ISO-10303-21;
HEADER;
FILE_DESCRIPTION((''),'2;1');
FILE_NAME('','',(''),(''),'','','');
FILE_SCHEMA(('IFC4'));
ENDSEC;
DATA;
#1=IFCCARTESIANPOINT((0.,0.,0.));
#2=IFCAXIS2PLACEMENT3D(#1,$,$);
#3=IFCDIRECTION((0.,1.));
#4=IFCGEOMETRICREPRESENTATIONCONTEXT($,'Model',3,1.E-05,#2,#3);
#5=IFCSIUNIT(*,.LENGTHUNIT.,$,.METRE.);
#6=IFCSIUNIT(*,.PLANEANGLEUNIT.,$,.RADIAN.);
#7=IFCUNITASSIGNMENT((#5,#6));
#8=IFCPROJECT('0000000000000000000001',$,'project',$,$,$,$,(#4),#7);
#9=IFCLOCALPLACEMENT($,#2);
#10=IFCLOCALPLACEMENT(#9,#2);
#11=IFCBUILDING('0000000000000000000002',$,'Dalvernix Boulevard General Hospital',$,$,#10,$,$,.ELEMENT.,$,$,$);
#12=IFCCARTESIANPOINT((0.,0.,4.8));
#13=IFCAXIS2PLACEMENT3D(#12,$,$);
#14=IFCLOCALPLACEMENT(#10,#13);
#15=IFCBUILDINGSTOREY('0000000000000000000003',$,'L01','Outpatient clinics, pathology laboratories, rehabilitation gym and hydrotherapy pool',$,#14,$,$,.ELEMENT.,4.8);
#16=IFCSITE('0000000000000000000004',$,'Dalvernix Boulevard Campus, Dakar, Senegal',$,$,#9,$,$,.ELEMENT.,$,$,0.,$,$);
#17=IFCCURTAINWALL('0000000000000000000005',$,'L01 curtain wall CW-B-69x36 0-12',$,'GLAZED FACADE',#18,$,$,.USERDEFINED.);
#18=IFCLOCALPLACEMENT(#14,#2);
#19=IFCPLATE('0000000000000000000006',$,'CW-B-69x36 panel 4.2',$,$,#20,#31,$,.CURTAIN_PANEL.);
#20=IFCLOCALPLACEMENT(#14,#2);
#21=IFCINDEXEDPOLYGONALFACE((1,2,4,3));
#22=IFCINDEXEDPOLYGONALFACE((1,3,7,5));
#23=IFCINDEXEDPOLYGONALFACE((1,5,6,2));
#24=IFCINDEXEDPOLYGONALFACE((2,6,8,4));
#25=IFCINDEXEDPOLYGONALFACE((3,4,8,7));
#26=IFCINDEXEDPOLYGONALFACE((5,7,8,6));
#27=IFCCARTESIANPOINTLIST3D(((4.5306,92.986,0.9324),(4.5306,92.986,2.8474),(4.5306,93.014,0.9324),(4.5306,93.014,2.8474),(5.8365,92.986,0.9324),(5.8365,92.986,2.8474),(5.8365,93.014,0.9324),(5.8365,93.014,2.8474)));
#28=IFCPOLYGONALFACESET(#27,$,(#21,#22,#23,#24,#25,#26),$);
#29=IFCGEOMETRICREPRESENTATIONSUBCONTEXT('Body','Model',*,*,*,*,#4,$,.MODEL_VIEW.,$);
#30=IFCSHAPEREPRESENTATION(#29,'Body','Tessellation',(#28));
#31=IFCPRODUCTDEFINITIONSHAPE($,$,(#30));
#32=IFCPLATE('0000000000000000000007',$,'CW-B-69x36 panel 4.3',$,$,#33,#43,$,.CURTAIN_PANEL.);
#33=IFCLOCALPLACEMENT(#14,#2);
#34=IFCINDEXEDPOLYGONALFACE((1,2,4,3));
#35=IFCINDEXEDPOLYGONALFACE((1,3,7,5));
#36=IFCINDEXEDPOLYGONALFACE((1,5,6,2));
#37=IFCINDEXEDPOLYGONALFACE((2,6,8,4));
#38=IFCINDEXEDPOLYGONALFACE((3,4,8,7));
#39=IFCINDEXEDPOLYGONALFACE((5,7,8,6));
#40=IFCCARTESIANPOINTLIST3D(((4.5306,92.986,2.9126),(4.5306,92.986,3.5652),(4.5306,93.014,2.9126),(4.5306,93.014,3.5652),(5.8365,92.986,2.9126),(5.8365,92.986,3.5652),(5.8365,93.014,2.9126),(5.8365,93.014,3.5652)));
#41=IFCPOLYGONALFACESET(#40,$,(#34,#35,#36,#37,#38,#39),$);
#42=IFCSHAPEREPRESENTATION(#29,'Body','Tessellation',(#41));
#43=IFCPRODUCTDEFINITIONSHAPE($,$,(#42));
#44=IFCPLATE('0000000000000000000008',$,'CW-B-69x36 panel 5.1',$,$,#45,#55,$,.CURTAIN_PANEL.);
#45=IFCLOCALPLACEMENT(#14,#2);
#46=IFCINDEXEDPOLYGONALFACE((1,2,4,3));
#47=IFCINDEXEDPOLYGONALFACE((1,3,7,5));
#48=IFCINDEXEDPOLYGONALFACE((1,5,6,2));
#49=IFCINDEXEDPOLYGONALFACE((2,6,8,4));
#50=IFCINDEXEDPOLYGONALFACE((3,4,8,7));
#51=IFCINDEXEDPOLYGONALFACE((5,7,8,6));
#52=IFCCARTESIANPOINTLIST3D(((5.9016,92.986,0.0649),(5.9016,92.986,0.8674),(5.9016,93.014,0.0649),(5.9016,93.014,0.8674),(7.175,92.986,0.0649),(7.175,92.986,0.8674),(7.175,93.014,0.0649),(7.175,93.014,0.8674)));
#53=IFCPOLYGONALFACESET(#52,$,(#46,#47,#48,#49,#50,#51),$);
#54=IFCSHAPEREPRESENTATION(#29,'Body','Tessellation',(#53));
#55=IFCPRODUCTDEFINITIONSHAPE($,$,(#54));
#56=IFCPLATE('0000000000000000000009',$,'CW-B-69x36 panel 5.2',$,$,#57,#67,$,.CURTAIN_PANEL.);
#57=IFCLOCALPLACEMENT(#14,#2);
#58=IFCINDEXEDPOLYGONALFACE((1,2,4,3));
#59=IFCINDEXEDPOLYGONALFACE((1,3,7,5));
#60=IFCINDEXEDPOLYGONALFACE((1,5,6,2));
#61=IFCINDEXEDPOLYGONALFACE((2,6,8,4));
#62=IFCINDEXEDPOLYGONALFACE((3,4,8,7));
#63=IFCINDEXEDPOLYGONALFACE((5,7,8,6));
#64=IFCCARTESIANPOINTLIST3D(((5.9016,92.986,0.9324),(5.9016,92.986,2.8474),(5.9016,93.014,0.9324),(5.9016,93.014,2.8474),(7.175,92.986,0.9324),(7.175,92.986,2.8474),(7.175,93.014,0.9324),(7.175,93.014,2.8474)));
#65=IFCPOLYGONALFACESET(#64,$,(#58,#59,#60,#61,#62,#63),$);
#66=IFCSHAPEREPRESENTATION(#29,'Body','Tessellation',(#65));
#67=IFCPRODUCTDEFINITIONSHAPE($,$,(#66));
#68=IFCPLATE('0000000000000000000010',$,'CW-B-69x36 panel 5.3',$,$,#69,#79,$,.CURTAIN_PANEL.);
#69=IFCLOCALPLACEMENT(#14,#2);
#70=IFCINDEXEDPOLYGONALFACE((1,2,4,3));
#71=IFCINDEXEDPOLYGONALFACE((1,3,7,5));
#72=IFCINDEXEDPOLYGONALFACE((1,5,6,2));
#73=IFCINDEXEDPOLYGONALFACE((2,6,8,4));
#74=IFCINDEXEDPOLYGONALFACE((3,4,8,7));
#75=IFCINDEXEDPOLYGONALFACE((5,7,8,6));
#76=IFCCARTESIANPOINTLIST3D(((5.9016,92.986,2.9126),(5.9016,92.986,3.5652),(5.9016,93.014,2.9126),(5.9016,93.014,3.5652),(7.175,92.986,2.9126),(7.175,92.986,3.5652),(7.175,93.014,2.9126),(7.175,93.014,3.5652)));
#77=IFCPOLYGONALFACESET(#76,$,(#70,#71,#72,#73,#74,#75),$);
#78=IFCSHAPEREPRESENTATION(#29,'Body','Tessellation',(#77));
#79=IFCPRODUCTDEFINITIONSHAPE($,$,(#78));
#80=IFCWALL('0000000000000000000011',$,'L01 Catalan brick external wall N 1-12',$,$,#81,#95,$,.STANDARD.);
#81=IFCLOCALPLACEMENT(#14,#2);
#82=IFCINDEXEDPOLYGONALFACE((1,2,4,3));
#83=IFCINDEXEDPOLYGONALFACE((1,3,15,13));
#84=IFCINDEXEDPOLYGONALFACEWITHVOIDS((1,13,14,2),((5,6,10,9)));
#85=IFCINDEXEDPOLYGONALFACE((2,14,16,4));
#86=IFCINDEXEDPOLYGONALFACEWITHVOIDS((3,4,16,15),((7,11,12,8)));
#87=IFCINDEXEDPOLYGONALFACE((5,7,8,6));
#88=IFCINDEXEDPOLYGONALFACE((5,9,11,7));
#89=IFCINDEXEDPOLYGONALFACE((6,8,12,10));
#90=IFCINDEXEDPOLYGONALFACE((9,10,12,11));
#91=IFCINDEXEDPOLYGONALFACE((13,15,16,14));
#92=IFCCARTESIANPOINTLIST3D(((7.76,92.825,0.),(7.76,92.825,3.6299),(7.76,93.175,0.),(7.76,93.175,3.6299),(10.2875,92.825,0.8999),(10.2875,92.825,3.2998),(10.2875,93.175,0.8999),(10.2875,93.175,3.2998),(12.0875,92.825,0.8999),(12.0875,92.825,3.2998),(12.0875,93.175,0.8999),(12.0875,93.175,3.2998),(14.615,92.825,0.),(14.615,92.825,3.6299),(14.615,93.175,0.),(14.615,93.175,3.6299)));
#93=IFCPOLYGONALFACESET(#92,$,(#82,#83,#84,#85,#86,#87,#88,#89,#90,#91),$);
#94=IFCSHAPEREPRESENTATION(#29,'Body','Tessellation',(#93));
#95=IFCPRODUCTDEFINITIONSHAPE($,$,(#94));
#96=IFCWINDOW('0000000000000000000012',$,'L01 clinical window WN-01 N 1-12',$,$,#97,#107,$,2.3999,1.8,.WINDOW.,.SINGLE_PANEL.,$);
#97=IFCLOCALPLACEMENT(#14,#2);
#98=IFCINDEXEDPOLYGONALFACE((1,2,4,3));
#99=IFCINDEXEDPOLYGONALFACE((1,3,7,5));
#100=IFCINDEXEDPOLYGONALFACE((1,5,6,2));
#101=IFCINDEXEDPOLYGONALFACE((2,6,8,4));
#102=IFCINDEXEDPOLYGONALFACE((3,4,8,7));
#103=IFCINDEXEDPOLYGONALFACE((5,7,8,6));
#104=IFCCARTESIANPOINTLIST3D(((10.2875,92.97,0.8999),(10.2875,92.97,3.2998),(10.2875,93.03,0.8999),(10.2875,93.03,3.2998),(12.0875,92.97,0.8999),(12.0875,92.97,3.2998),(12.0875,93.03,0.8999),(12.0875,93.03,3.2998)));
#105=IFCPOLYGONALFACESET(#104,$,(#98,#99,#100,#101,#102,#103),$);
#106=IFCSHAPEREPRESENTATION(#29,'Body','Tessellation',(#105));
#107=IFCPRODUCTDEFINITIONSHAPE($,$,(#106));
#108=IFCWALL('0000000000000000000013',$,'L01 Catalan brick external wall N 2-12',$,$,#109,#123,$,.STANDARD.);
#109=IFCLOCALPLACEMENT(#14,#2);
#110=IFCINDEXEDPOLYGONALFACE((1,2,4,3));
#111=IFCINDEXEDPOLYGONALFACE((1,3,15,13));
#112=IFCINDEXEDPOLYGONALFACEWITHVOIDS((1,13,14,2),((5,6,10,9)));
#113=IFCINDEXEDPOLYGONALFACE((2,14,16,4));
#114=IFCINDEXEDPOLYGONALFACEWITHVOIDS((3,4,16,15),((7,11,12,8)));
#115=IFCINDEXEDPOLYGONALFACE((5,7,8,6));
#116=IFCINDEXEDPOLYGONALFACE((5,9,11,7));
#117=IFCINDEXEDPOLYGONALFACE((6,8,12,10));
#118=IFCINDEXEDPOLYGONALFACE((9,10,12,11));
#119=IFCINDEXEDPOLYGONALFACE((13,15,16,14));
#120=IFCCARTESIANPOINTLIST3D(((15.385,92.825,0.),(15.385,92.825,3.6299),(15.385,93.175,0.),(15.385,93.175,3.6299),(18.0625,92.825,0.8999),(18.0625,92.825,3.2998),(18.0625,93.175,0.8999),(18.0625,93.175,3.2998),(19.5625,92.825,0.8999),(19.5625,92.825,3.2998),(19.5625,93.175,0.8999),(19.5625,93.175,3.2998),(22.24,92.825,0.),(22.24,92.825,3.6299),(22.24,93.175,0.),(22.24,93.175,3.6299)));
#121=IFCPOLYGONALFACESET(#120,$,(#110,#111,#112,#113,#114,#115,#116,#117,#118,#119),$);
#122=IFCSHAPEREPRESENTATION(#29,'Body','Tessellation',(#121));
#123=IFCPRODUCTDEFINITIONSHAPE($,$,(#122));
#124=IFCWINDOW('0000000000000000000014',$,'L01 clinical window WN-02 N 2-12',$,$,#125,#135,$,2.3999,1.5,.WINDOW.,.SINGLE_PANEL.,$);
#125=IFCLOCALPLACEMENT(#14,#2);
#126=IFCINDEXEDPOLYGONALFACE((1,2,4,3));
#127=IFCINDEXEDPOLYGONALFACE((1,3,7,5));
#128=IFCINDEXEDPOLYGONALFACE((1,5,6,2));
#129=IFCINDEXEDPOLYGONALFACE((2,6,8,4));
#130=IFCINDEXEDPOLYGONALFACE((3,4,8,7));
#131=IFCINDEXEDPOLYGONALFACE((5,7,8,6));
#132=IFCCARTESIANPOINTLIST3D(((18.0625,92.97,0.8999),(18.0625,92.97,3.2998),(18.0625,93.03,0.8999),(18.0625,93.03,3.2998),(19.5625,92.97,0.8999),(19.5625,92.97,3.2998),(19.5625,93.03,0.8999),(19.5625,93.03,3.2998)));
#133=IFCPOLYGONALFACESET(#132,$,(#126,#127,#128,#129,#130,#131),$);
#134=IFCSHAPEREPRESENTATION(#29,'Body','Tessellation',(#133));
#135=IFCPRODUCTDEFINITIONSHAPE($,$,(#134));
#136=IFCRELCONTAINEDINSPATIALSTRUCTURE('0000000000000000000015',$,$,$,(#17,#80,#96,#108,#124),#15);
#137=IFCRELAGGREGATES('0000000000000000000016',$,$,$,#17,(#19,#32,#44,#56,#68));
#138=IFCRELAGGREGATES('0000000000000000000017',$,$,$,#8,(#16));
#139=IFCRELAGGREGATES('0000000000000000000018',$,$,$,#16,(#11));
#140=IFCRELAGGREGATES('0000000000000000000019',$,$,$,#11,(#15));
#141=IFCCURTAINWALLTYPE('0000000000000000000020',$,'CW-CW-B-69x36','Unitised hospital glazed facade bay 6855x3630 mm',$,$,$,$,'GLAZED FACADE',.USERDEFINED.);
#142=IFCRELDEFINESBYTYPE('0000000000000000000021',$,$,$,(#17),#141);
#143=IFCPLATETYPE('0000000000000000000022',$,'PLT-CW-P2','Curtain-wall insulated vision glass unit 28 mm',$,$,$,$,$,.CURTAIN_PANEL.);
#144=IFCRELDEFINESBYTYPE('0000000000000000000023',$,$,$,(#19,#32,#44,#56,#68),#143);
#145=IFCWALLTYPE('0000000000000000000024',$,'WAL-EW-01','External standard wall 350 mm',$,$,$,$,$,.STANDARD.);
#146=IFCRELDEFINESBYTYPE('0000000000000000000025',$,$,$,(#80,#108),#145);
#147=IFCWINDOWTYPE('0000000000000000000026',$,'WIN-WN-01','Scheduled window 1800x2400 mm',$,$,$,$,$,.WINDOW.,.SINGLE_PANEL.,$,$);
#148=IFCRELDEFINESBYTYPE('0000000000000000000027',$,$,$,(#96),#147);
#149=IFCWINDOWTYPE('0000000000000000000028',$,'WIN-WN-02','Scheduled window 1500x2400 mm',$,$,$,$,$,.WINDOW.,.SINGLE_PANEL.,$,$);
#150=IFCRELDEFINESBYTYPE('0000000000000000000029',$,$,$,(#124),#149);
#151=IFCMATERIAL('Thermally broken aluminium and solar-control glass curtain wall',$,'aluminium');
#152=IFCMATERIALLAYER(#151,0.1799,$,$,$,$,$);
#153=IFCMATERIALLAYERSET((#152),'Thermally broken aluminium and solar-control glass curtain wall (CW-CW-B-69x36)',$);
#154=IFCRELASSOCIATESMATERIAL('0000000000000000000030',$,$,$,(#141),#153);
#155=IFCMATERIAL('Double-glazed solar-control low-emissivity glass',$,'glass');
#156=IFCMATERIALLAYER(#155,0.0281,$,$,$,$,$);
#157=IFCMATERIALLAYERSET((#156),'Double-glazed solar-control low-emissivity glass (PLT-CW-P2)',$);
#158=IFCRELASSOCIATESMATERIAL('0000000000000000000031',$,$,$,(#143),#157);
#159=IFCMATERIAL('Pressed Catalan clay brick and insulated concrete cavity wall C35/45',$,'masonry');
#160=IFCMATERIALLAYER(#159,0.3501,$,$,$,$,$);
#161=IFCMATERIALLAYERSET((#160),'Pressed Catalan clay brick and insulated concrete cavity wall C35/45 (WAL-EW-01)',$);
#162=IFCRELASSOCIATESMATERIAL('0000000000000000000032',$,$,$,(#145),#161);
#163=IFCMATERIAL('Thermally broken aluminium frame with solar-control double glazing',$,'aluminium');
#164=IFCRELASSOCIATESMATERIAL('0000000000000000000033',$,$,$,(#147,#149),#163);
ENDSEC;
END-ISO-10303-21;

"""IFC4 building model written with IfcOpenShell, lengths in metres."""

from ifc_helpers import new_model, si_unit, direction, frame, frame_2d, origin, origin_2d, place, context, subcontext, project, spatial, rectangle, extrude, material, layer, layer_set, type_object, element, fill, aggregate, save


model = new_model("IFC4")

# Units and contexts
model_context = context("Model", 3, precision=1e-05, world=origin(), true_north=direction((0.0, 1.0)))
body_context = subcontext(model_context, "Body", "Model", "MODEL_VIEW")
ifc_project = project(units=[si_unit("LENGTHUNIT", "METRE"), si_unit("PLANEANGLEUNIT", "RADIAN")], contexts=[model_context])

# Site, building, storey
site_placement = place(None, origin())
site = spatial("IfcSite", under=ifc_project, at=site_placement, Name="Dalvernix Boulevard Campus, Dakar, Senegal", CompositionType="ELEMENT", RefElevation=0.0)
building_placement = place(site_placement, origin())
building = spatial("IfcBuilding", under=site, at=building_placement, Name="Dalvernix Boulevard General Hospital", CompositionType="ELEMENT")
storey_placement = place(building_placement, frame((0.0, 0.0, 4.8)))
storey = spatial("IfcBuildingStorey", under=building, at=storey_placement, Name="L01", Description="Outpatient clinics, pathology laboratories, rehabilitation gym and hydrotherapy pool", CompositionType="ELEMENT", Elevation=4.8)

# Curtain wall, plates
ifc_material_1 = material(Name="Thermally broken aluminium and solar-control glass curtain wall", Category="aluminium")
ifc_layer_1 = layer(ifc_material_1, 0.1799)
ifc_layer_set_1 = layer_set([ifc_layer_1], Name="Thermally broken aluminium and solar-control glass curtain wall (CW-CW-B-69x36)")
curtain_wall_type = type_object("IfcCurtainWallType", Name="CW-CW-B-69x36", Description="Unitised hospital glazed facade bay 6855x3630 mm", ElementType="GLAZED FACADE", PredefinedType="USERDEFINED", material=ifc_layer_set_1)
curtain_wall_placement = place(storey_placement, origin())
curtain_wall = element("IfcCurtainWall", 1, at=curtain_wall_placement, inside=storey, type_object=curtain_wall_type, Name="L01 curtain wall CW-B-69x36 0-12", ObjectType="GLAZED FACADE", PredefinedType="USERDEFINED")
ifc_material_2 = material(Name="Double-glazed solar-control low-emissivity glass", Category="glass")
ifc_layer_2 = layer(ifc_material_2, 0.0281)
ifc_layer_set_2 = layer_set([ifc_layer_2], Name="Double-glazed solar-control low-emissivity glass (PLT-CW-P2)")
plate_type = type_object("IfcPlateType", Name="PLT-CW-P2", Description="Curtain-wall insulated vision glass unit 28 mm", PredefinedType="CURTAIN_PANEL", material=ifc_layer_set_2)
plate_1_placement = place(storey_placement, frame((5.1836, 93.0, 0.9324), z_axis=(0.0, 0.0, 1.0), x_axis=(1.0, 0.0, 0.0)))
plate_1 = element("IfcPlate", 2, at=plate_1_placement, type_object=plate_type, Name="CW-B-69x36 panel 4.2", PredefinedType="CURTAIN_PANEL", context=body_context, shape_type="SweptSolid", body=[
    extrude(rectangle(XDim=1.3059, YDim=0.0281, at=origin_2d()), origin(), (0.0, 0.0, 1.0), 1.915),
])
plate_2_placement = place(storey_placement, frame((5.1836, 93.0, 2.9126), z_axis=(0.0, 0.0, 1.0), x_axis=(1.0, 0.0, 0.0)))
plate_2 = element("IfcPlate", 3, at=plate_2_placement, type_object=plate_type, Name="CW-B-69x36 panel 4.3", PredefinedType="CURTAIN_PANEL", context=body_context, shape_type="SweptSolid", body=[
    extrude(rectangle(XDim=1.3059, YDim=0.0281, at=origin_2d()), origin(), (0.0, 0.0, 1.0), 0.6526),
])
plate_3_placement = place(storey_placement, frame((6.5383, 93.0, 0.0649), z_axis=(0.0, 0.0, 1.0), x_axis=(1.0, 0.0, 0.0)))
plate_3 = element("IfcPlate", 4, at=plate_3_placement, type_object=plate_type, Name="CW-B-69x36 panel 5.1", PredefinedType="CURTAIN_PANEL", context=body_context, shape_type="SweptSolid", body=[
    extrude(rectangle(XDim=1.2734, YDim=0.0281, at=origin_2d()), origin(), (0.0, 0.0, 1.0), 0.8025),
])
plate_4_placement = place(storey_placement, frame((6.5383, 93.0, 0.9324), z_axis=(0.0, 0.0, 1.0), x_axis=(1.0, 0.0, 0.0)))
plate_4 = element("IfcPlate", 5, at=plate_4_placement, type_object=plate_type, Name="CW-B-69x36 panel 5.2", PredefinedType="CURTAIN_PANEL", context=body_context, shape_type="SweptSolid", body=[
    extrude(rectangle(XDim=1.2734, YDim=0.0281, at=origin_2d()), origin(), (0.0, 0.0, 1.0), 1.915),
])
plate_5_placement = place(storey_placement, frame((6.5383, 93.0, 2.9126), z_axis=(0.0, 0.0, 1.0), x_axis=(1.0, 0.0, 0.0)))
plate_5 = element("IfcPlate", 6, at=plate_5_placement, type_object=plate_type, Name="CW-B-69x36 panel 5.3", PredefinedType="CURTAIN_PANEL", context=body_context, shape_type="SweptSolid", body=[
    extrude(rectangle(XDim=1.2734, YDim=0.0281, at=origin_2d()), origin(), (0.0, 0.0, 1.0), 0.6526),
])
aggregate(curtain_wall, [plate_1, plate_2, plate_3, plate_4, plate_5])

# Walls, openings, windows
ifc_material_3 = material(Name="Pressed Catalan clay brick and insulated concrete cavity wall C35/45", Category="masonry")
ifc_layer_3 = layer(ifc_material_3, 0.3501)
ifc_layer_set_3 = layer_set([ifc_layer_3], Name="Pressed Catalan clay brick and insulated concrete cavity wall C35/45 (WAL-EW-01)")
wall_type = type_object("IfcWallType", Name="WAL-EW-01", Description="External standard wall 350 mm", PredefinedType="STANDARD", material=ifc_layer_set_3)
wall_1_placement = place(storey_placement, frame((7.76, 93.0, 0.0), z_axis=(0.0, 0.0, 1.0), x_axis=(1.0, 0.0, 0.0)))
wall_1 = element("IfcWall", 7, at=wall_1_placement, inside=storey, type_object=wall_type, Name="L01 Catalan brick external wall N 1-12", PredefinedType="STANDARD", context=body_context, shape_type="SweptSolid", body=[
    extrude(rectangle(XDim=6.855, YDim=0.3501, at=frame_2d((3.4275, 0.0))), origin(), (0.0, 0.0, 1.0), 3.6299),
])
opening_1_placement = place(wall_1_placement, frame((2.5276, 0.0, 0.8999)))
opening_1 = element("IfcOpeningElement", 8, at=opening_1_placement, cuts=wall_1, PredefinedType="OPENING", context=body_context, shape_type="SweptSolid", body=[
    extrude(rectangle(XDim=1.8, YDim=2.3999, at=frame_2d((0.8999, 1.2))), frame((0.0, 0.1851, 0.0), z_axis=(0.0, -1.0, 0.0), x_axis=(1.0, 0.0, 0.0)), (0.0, 0.0, 1.0), 0.3701),
])
ifc_material_4 = material(Name="Thermally broken aluminium frame with solar-control double glazing", Category="aluminium")
window_type_1 = type_object("IfcWindowType", Name="WIN-WN-01", Description="Scheduled window 1800x2400 mm", PartitioningType="SINGLE_PANEL", PredefinedType="WINDOW", material=ifc_material_4)
window_1_placement = place(opening_1_placement, origin())
window_1 = element("IfcWindow", 9, at=window_1_placement, inside=storey, type_object=window_type_1, Name="L01 clinical window WN-01 N 1-12", OverallHeight=2.3999, OverallWidth=1.8, PartitioningType="SINGLE_PANEL", PredefinedType="WINDOW", context=body_context, shape_type="SweptSolid", body=[
    extrude(rectangle(XDim=1.8, YDim=2.3999, at=frame_2d((0.8999, 1.2))), frame((0.0, 0.03, 0.0), z_axis=(0.0, -1.0, 0.0), x_axis=(1.0, 0.0, 0.0)), (0.0, 0.0, 1.0), 0.0601),
])
fill(opening_1, window_1)
wall_2_placement = place(storey_placement, frame((15.385, 93.0, 0.0), z_axis=(0.0, 0.0, 1.0), x_axis=(1.0, 0.0, 0.0)))
wall_2 = element("IfcWall", 10, at=wall_2_placement, inside=storey, type_object=wall_type, Name="L01 Catalan brick external wall N 2-12", PredefinedType="STANDARD", context=body_context, shape_type="SweptSolid", body=[
    extrude(rectangle(XDim=6.855, YDim=0.3501, at=frame_2d((3.4275, 0.0))), origin(), (0.0, 0.0, 1.0), 3.6299),
])
opening_2_placement = place(wall_2_placement, frame((2.6775, 0.0, 0.8999)))
opening_2 = element("IfcOpeningElement", 11, at=opening_2_placement, cuts=wall_2, PredefinedType="OPENING", context=body_context, shape_type="SweptSolid", body=[
    extrude(rectangle(XDim=1.5, YDim=2.3999, at=frame_2d((0.75, 1.2))), frame((0.0, 0.1851, 0.0), z_axis=(0.0, -1.0, 0.0), x_axis=(1.0, 0.0, 0.0)), (0.0, 0.0, 1.0), 0.3701),
])
window_type_2 = type_object("IfcWindowType", Name="WIN-WN-02", Description="Scheduled window 1500x2400 mm", PartitioningType="SINGLE_PANEL", PredefinedType="WINDOW", material=ifc_material_4)
window_2_placement = place(opening_2_placement, origin())
window_2 = element("IfcWindow", 12, at=window_2_placement, inside=storey, type_object=window_type_2, Name="L01 clinical window WN-02 N 2-12", OverallHeight=2.3999, OverallWidth=1.5, PartitioningType="SINGLE_PANEL", PredefinedType="WINDOW", context=body_context, shape_type="SweptSolid", body=[
    extrude(rectangle(XDim=1.5, YDim=2.3999, at=frame_2d((0.75, 1.2))), frame((0.0, 0.03, 0.0), z_axis=(0.0, -1.0, 0.0), x_axis=(1.0, 0.0, 0.0)), (0.0, 0.0, 1.0), 0.0601),
])
fill(opening_2, window_2)

save(model, "model.ifc")
